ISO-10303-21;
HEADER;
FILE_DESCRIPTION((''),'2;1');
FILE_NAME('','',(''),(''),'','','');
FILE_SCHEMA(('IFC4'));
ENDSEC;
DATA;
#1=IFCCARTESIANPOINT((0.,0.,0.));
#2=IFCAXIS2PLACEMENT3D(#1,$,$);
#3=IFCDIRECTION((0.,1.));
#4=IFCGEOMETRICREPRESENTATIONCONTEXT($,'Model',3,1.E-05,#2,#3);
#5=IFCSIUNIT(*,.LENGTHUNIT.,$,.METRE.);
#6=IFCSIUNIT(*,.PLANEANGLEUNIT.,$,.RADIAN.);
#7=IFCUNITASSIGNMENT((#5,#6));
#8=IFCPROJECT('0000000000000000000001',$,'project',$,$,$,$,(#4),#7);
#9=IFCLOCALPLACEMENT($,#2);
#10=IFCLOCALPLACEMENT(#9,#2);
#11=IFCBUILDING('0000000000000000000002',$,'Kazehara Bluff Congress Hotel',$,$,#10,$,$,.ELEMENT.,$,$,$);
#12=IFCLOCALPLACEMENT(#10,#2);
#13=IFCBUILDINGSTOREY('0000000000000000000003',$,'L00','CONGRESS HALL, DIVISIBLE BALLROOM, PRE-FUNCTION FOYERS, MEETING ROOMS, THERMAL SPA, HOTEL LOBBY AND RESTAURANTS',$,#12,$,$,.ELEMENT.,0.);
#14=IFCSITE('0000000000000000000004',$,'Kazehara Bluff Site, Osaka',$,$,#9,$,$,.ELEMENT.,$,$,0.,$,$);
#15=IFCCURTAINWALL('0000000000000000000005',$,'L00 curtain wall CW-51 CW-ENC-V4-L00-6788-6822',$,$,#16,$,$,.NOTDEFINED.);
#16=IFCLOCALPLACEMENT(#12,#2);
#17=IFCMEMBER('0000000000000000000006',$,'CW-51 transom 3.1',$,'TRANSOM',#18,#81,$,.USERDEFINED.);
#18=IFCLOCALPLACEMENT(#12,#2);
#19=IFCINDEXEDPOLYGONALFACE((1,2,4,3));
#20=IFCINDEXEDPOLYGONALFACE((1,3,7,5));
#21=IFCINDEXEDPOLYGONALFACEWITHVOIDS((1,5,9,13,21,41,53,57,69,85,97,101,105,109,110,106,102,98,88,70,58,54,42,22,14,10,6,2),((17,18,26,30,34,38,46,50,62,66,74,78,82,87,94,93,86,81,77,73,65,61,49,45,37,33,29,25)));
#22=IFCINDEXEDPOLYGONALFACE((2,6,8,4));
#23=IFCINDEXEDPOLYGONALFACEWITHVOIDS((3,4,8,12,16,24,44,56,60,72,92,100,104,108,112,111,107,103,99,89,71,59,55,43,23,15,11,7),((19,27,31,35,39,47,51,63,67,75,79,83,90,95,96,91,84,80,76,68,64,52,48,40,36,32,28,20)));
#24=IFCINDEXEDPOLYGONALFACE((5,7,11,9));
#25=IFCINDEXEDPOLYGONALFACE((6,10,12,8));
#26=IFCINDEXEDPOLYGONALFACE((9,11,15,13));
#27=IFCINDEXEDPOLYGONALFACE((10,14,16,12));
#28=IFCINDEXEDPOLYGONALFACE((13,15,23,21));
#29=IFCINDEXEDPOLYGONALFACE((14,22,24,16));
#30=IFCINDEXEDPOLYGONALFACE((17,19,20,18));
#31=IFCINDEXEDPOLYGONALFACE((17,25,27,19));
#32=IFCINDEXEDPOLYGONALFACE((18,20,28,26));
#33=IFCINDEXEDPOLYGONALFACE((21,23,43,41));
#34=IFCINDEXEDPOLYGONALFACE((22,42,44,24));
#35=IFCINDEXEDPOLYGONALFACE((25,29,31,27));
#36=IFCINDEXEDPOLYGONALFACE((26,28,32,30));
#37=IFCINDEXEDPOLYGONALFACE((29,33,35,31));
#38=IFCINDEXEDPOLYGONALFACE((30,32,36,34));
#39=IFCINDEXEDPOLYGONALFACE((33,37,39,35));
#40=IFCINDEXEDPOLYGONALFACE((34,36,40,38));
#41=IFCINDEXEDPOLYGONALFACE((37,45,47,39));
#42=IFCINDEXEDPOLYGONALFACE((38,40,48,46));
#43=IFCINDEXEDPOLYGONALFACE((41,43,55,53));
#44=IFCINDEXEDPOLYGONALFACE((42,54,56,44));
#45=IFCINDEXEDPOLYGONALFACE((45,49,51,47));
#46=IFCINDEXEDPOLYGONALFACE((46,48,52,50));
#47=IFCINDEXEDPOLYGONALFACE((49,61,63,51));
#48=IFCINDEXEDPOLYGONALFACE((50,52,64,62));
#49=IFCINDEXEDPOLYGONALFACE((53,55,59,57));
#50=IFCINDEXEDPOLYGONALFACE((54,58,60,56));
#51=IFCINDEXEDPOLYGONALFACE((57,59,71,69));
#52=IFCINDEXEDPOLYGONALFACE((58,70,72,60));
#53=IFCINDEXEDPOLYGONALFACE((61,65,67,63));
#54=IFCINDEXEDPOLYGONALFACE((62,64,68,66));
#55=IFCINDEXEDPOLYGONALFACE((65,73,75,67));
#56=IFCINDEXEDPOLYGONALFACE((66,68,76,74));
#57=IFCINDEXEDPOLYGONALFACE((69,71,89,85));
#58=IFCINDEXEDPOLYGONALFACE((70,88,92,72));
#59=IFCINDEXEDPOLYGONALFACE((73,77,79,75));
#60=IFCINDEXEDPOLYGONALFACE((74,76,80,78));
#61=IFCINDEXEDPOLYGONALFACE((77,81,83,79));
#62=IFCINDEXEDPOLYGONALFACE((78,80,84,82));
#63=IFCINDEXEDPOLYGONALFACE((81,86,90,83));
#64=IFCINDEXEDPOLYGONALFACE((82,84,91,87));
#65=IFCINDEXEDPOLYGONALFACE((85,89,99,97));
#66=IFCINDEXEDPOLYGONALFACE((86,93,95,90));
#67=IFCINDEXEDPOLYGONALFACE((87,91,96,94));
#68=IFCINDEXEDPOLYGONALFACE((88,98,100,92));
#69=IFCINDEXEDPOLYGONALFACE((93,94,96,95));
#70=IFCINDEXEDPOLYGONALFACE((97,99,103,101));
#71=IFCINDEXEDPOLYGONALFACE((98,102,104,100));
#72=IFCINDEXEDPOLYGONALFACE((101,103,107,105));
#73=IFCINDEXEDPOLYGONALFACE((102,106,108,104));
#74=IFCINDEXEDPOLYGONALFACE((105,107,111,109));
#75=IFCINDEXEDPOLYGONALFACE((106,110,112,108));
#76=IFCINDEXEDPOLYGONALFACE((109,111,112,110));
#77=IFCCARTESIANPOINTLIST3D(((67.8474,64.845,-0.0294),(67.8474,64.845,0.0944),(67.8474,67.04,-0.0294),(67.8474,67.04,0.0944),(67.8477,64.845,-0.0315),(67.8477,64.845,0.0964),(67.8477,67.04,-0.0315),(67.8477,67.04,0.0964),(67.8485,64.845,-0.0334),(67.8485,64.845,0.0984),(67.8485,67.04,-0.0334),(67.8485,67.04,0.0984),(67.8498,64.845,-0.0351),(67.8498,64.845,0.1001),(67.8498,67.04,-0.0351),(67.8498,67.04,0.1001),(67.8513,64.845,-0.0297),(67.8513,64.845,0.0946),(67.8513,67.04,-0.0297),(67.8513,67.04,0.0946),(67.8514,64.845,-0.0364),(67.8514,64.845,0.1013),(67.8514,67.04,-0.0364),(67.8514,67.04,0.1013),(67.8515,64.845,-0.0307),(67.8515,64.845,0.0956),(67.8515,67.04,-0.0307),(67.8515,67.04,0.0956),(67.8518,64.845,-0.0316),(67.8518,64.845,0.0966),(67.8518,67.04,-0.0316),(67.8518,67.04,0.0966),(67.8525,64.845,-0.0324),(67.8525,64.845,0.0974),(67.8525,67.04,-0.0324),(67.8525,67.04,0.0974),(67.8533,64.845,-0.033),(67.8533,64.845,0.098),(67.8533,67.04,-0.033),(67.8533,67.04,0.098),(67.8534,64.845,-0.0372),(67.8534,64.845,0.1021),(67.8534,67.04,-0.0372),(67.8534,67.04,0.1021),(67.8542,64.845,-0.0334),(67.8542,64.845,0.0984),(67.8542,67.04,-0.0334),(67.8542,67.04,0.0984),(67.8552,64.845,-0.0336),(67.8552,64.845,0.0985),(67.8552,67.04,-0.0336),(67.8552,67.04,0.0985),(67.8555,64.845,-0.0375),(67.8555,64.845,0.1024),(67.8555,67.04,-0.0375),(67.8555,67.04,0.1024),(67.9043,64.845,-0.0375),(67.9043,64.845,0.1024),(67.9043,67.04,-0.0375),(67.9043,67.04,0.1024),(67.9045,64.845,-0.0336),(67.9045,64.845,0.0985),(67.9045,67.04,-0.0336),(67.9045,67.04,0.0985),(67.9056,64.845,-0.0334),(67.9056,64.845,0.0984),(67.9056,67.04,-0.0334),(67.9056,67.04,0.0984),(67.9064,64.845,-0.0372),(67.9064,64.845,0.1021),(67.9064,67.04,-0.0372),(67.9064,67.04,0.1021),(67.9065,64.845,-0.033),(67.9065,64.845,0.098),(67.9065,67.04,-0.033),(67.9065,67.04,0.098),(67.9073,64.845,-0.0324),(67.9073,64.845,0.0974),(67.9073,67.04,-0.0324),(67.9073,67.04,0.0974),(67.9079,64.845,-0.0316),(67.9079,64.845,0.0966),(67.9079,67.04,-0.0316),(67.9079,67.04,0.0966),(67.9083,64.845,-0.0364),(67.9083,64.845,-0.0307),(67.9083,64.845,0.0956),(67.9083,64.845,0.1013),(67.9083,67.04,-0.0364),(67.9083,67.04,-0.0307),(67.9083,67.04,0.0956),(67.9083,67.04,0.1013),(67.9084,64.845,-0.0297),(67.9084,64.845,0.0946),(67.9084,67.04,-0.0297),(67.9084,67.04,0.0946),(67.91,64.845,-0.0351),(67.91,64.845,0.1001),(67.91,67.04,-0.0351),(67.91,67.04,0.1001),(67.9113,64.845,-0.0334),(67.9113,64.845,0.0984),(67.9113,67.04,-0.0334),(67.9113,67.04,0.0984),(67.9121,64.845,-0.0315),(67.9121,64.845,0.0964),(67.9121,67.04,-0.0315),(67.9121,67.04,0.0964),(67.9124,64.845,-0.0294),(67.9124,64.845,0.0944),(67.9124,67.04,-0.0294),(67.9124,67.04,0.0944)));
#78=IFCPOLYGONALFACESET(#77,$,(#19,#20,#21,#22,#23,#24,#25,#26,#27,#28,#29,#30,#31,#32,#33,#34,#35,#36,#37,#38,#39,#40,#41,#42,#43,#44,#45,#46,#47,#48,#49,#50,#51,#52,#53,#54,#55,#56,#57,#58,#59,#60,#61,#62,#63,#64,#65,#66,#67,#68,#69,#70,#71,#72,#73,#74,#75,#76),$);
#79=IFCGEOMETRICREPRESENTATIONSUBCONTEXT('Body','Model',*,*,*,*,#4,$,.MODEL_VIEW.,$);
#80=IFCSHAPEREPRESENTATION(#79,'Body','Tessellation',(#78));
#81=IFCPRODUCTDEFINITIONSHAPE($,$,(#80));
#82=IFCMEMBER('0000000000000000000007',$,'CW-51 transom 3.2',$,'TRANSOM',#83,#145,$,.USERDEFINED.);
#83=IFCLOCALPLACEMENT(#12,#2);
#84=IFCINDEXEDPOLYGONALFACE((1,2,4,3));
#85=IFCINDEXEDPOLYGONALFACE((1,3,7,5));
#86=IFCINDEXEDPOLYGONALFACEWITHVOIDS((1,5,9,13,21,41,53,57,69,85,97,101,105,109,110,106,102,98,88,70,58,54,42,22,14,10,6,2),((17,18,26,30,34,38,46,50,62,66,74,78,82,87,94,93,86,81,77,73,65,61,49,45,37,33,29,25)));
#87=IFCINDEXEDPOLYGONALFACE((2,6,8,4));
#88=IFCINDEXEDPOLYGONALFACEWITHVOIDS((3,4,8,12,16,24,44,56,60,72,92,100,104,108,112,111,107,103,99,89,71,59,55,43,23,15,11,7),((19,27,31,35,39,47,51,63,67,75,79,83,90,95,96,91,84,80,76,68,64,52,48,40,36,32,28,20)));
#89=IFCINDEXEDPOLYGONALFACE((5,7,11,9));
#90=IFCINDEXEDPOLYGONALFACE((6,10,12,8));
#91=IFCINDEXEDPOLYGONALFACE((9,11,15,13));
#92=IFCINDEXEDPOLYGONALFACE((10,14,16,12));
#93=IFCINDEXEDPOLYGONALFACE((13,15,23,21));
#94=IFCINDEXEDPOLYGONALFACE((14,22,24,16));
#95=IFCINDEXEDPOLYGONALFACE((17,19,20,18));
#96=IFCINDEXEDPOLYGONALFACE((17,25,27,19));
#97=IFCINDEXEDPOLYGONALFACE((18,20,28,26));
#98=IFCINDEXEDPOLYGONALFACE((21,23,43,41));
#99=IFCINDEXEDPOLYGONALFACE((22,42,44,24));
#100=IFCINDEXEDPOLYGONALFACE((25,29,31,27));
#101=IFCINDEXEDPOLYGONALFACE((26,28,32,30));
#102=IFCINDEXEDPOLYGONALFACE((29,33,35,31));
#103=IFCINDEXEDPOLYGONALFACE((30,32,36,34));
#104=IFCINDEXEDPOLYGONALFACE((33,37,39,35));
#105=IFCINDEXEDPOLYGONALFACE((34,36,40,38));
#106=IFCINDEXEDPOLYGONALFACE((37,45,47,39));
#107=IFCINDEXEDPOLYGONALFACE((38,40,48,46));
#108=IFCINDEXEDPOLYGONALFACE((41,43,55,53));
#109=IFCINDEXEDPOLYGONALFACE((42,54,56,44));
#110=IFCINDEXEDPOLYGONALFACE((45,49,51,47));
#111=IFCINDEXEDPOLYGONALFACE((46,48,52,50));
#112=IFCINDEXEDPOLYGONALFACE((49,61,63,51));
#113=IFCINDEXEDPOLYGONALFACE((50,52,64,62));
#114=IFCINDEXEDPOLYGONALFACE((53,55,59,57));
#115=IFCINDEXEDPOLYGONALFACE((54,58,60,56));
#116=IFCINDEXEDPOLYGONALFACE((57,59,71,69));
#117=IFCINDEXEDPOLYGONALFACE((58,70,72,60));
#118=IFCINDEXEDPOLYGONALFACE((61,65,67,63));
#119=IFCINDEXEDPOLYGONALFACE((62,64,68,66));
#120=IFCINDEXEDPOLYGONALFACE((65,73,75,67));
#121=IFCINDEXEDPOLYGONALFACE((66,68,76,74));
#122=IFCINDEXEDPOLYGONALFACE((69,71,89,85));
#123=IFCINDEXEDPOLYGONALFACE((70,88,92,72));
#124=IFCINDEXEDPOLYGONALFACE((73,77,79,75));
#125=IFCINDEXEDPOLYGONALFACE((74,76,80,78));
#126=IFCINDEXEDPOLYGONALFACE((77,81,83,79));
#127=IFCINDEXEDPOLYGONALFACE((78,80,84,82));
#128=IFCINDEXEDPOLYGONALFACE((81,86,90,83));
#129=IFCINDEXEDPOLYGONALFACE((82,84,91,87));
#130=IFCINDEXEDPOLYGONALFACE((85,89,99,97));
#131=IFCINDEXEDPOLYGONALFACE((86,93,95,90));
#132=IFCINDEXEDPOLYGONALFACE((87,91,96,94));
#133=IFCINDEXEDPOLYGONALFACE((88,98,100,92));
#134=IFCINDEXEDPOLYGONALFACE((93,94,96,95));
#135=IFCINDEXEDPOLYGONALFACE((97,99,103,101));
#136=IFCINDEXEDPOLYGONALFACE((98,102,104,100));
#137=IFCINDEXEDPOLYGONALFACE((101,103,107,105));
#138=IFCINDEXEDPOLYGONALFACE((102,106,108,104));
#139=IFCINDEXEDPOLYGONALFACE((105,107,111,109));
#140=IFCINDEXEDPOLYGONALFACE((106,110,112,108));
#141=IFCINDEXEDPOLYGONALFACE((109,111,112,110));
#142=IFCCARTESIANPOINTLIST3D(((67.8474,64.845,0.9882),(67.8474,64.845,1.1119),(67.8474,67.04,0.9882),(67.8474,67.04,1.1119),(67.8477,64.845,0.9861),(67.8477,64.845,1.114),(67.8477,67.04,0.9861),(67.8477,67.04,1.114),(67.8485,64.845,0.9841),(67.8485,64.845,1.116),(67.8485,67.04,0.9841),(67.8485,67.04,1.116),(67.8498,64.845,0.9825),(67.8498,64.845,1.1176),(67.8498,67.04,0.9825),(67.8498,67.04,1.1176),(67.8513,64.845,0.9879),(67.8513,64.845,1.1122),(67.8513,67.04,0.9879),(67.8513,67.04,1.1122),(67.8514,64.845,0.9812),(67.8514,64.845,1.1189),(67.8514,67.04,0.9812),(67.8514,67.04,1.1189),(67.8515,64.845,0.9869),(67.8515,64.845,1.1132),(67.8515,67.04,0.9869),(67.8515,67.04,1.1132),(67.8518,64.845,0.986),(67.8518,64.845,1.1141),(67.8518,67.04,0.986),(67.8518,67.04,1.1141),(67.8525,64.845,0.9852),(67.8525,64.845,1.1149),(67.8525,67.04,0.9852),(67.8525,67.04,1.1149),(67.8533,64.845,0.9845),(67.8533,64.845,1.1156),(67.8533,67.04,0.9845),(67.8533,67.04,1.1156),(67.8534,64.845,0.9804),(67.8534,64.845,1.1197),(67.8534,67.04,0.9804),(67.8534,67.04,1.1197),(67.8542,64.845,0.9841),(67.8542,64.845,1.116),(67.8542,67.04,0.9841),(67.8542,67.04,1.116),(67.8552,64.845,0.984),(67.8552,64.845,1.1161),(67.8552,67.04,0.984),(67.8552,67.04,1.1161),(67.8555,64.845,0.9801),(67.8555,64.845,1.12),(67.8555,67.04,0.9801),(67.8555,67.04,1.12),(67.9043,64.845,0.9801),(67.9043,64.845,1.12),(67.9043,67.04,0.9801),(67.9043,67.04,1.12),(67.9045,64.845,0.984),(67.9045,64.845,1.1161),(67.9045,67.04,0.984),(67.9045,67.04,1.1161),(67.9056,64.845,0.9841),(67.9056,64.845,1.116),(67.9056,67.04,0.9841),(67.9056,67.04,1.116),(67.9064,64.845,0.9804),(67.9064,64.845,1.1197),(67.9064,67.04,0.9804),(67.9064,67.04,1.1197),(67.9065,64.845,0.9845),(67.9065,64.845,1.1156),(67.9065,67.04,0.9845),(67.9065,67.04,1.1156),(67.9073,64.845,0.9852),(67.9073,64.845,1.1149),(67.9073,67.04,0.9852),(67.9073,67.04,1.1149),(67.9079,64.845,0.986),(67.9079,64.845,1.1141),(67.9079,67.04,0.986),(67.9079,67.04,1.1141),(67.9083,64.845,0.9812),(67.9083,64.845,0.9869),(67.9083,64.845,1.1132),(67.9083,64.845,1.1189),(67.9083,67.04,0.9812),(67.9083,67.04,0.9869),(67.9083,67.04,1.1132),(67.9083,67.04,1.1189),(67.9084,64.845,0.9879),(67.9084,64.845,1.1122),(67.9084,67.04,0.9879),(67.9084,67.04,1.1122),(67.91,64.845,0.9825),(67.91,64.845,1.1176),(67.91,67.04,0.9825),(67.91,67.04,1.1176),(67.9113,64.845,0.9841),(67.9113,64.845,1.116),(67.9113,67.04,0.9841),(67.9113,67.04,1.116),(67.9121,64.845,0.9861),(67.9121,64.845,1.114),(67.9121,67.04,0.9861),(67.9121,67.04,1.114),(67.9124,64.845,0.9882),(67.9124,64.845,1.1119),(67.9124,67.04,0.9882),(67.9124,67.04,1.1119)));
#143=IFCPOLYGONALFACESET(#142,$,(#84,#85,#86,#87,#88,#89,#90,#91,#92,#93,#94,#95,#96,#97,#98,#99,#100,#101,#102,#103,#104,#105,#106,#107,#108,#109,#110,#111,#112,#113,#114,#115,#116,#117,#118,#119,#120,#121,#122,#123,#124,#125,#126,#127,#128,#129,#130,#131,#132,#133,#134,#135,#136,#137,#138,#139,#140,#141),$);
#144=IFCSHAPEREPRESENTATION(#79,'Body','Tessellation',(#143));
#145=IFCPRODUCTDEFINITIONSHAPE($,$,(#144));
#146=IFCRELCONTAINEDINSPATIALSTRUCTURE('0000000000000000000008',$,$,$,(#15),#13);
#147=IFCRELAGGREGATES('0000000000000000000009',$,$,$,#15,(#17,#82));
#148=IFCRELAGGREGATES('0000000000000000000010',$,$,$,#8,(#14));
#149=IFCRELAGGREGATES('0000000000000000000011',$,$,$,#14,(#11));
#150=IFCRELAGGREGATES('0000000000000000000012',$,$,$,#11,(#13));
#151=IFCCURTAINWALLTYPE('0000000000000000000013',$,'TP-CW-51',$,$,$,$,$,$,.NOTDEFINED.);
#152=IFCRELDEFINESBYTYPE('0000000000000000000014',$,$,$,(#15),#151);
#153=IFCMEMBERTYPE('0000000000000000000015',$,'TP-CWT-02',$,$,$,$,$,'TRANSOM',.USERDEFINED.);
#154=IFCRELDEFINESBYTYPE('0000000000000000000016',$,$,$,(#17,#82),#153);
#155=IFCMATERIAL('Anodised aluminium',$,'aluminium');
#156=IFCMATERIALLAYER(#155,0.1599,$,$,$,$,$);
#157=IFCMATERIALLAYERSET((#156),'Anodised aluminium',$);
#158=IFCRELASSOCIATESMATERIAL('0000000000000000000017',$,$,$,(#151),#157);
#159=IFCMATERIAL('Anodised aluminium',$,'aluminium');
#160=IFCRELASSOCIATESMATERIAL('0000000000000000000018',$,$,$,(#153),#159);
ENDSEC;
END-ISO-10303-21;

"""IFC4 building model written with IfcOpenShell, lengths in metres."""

from ifc_helpers import new_model, si_unit, direction, frame, origin, origin_2d, place, context, subcontext, project, spatial, hollow_rectangle, extrude, material, layer, layer_set, material_profile, profile_set, type_object, element, aggregate, save


model = new_model("IFC4")

# Units and contexts
model_context = context("Model", 3, precision=1e-05, world=origin(), true_north=direction((0.0, 1.0)))
body_context = subcontext(model_context, "Body", "Model", "MODEL_VIEW")
ifc_project = project(units=[si_unit("LENGTHUNIT", "METRE"), si_unit("PLANEANGLEUNIT", "RADIAN")], contexts=[model_context])

# Site, building, storey
site_placement = place(None, origin())
site = spatial("IfcSite", under=ifc_project, at=site_placement, Name="Kazehara Bluff Site, Osaka", CompositionType="ELEMENT", RefElevation=0.0)
building_placement = place(site_placement, origin())
building = spatial("IfcBuilding", under=site, at=building_placement, Name="Kazehara Bluff Congress Hotel", CompositionType="ELEMENT")
storey_placement = place(building_placement, origin())
storey = spatial("IfcBuildingStorey", under=building, at=storey_placement, Name="L00", Description="CONGRESS HALL, DIVISIBLE BALLROOM, PRE-FUNCTION FOYERS, MEETING ROOMS, THERMAL SPA, HOTEL LOBBY AND RESTAURANTS", CompositionType="ELEMENT", Elevation=0.0)

# Curtain wall
ifc_material_1 = material(Name="Anodised aluminium", Category="aluminium")
ifc_layer_1 = layer(ifc_material_1, 0.1599)
ifc_layer_set_1 = layer_set([ifc_layer_1], Name="Anodised aluminium")
curtain_wall_type_1 = type_object("IfcCurtainWallType", Name="TP-CW-51", PredefinedType="NOTDEFINED", material=ifc_layer_set_1)
curtain_wall_1_placement = place(storey_placement, origin())
curtain_wall_1 = element("IfcCurtainWall", 1, at=curtain_wall_1_placement, inside=storey, type_object=curtain_wall_type_1, Name="L00 curtain wall CW-51 CW-ENC-V4-L00-6788-6822", PredefinedType="NOTDEFINED")

# Members
ifc_material_2 = material(Name="Anodised aluminium", Category="aluminium")
ifc_material_profile_1 = material_profile(ifc_material_2, hollow_rectangle(XDim=0.0649, YDim=0.1399, WallThickness=0.0039, InnerFilletRadius=0.0039, OuterFilletRadius=0.0081, at=origin_2d()))
ifc_profile_set_1 = profile_set([ifc_material_profile_1], Name="Anodised aluminium")
member_type_1 = type_object("IfcMemberType", Name="TP-CWT-02", ElementType="TRANSOM", PredefinedType="USERDEFINED", material=ifc_profile_set_1)
member_1_placement = place(storey_placement, frame((67.8799, 67.04, 0.0325), z_axis=(0.0, -1.0, 0.0), x_axis=(1.0, 0.0, 0.0)))
member_1 = element("IfcMember", 2, at=member_1_placement, type_object=member_type_1, Name="CW-51 transom 3.1", ObjectType="TRANSOM", PredefinedType="USERDEFINED", context=body_context, shape_type="SweptSolid", body=[
    extrude(hollow_rectangle(XDim=0.0649, YDim=0.1399, WallThickness=0.0039, InnerFilletRadius=0.0039, OuterFilletRadius=0.0081, at=origin_2d()), origin(), (0.0, 0.0, 1.0), 2.1951),
])
member_2_placement = place(storey_placement, frame((67.8799, 67.04, 1.05), z_axis=(0.0, -1.0, 0.0), x_axis=(1.0, 0.0, 0.0)))
member_2 = element("IfcMember", 3, at=member_2_placement, type_object=member_type_1, Name="CW-51 transom 3.2", ObjectType="TRANSOM", PredefinedType="USERDEFINED", context=body_context, shape_type="SweptSolid", body=[
    extrude(hollow_rectangle(XDim=0.0649, YDim=0.1399, WallThickness=0.0039, InnerFilletRadius=0.0039, OuterFilletRadius=0.0081, at=origin_2d()), origin(), (0.0, 0.0, 1.0), 2.1951),
])

aggregate(curtain_wall_1, [member_1, member_2])

save(model, "model.ifc")
